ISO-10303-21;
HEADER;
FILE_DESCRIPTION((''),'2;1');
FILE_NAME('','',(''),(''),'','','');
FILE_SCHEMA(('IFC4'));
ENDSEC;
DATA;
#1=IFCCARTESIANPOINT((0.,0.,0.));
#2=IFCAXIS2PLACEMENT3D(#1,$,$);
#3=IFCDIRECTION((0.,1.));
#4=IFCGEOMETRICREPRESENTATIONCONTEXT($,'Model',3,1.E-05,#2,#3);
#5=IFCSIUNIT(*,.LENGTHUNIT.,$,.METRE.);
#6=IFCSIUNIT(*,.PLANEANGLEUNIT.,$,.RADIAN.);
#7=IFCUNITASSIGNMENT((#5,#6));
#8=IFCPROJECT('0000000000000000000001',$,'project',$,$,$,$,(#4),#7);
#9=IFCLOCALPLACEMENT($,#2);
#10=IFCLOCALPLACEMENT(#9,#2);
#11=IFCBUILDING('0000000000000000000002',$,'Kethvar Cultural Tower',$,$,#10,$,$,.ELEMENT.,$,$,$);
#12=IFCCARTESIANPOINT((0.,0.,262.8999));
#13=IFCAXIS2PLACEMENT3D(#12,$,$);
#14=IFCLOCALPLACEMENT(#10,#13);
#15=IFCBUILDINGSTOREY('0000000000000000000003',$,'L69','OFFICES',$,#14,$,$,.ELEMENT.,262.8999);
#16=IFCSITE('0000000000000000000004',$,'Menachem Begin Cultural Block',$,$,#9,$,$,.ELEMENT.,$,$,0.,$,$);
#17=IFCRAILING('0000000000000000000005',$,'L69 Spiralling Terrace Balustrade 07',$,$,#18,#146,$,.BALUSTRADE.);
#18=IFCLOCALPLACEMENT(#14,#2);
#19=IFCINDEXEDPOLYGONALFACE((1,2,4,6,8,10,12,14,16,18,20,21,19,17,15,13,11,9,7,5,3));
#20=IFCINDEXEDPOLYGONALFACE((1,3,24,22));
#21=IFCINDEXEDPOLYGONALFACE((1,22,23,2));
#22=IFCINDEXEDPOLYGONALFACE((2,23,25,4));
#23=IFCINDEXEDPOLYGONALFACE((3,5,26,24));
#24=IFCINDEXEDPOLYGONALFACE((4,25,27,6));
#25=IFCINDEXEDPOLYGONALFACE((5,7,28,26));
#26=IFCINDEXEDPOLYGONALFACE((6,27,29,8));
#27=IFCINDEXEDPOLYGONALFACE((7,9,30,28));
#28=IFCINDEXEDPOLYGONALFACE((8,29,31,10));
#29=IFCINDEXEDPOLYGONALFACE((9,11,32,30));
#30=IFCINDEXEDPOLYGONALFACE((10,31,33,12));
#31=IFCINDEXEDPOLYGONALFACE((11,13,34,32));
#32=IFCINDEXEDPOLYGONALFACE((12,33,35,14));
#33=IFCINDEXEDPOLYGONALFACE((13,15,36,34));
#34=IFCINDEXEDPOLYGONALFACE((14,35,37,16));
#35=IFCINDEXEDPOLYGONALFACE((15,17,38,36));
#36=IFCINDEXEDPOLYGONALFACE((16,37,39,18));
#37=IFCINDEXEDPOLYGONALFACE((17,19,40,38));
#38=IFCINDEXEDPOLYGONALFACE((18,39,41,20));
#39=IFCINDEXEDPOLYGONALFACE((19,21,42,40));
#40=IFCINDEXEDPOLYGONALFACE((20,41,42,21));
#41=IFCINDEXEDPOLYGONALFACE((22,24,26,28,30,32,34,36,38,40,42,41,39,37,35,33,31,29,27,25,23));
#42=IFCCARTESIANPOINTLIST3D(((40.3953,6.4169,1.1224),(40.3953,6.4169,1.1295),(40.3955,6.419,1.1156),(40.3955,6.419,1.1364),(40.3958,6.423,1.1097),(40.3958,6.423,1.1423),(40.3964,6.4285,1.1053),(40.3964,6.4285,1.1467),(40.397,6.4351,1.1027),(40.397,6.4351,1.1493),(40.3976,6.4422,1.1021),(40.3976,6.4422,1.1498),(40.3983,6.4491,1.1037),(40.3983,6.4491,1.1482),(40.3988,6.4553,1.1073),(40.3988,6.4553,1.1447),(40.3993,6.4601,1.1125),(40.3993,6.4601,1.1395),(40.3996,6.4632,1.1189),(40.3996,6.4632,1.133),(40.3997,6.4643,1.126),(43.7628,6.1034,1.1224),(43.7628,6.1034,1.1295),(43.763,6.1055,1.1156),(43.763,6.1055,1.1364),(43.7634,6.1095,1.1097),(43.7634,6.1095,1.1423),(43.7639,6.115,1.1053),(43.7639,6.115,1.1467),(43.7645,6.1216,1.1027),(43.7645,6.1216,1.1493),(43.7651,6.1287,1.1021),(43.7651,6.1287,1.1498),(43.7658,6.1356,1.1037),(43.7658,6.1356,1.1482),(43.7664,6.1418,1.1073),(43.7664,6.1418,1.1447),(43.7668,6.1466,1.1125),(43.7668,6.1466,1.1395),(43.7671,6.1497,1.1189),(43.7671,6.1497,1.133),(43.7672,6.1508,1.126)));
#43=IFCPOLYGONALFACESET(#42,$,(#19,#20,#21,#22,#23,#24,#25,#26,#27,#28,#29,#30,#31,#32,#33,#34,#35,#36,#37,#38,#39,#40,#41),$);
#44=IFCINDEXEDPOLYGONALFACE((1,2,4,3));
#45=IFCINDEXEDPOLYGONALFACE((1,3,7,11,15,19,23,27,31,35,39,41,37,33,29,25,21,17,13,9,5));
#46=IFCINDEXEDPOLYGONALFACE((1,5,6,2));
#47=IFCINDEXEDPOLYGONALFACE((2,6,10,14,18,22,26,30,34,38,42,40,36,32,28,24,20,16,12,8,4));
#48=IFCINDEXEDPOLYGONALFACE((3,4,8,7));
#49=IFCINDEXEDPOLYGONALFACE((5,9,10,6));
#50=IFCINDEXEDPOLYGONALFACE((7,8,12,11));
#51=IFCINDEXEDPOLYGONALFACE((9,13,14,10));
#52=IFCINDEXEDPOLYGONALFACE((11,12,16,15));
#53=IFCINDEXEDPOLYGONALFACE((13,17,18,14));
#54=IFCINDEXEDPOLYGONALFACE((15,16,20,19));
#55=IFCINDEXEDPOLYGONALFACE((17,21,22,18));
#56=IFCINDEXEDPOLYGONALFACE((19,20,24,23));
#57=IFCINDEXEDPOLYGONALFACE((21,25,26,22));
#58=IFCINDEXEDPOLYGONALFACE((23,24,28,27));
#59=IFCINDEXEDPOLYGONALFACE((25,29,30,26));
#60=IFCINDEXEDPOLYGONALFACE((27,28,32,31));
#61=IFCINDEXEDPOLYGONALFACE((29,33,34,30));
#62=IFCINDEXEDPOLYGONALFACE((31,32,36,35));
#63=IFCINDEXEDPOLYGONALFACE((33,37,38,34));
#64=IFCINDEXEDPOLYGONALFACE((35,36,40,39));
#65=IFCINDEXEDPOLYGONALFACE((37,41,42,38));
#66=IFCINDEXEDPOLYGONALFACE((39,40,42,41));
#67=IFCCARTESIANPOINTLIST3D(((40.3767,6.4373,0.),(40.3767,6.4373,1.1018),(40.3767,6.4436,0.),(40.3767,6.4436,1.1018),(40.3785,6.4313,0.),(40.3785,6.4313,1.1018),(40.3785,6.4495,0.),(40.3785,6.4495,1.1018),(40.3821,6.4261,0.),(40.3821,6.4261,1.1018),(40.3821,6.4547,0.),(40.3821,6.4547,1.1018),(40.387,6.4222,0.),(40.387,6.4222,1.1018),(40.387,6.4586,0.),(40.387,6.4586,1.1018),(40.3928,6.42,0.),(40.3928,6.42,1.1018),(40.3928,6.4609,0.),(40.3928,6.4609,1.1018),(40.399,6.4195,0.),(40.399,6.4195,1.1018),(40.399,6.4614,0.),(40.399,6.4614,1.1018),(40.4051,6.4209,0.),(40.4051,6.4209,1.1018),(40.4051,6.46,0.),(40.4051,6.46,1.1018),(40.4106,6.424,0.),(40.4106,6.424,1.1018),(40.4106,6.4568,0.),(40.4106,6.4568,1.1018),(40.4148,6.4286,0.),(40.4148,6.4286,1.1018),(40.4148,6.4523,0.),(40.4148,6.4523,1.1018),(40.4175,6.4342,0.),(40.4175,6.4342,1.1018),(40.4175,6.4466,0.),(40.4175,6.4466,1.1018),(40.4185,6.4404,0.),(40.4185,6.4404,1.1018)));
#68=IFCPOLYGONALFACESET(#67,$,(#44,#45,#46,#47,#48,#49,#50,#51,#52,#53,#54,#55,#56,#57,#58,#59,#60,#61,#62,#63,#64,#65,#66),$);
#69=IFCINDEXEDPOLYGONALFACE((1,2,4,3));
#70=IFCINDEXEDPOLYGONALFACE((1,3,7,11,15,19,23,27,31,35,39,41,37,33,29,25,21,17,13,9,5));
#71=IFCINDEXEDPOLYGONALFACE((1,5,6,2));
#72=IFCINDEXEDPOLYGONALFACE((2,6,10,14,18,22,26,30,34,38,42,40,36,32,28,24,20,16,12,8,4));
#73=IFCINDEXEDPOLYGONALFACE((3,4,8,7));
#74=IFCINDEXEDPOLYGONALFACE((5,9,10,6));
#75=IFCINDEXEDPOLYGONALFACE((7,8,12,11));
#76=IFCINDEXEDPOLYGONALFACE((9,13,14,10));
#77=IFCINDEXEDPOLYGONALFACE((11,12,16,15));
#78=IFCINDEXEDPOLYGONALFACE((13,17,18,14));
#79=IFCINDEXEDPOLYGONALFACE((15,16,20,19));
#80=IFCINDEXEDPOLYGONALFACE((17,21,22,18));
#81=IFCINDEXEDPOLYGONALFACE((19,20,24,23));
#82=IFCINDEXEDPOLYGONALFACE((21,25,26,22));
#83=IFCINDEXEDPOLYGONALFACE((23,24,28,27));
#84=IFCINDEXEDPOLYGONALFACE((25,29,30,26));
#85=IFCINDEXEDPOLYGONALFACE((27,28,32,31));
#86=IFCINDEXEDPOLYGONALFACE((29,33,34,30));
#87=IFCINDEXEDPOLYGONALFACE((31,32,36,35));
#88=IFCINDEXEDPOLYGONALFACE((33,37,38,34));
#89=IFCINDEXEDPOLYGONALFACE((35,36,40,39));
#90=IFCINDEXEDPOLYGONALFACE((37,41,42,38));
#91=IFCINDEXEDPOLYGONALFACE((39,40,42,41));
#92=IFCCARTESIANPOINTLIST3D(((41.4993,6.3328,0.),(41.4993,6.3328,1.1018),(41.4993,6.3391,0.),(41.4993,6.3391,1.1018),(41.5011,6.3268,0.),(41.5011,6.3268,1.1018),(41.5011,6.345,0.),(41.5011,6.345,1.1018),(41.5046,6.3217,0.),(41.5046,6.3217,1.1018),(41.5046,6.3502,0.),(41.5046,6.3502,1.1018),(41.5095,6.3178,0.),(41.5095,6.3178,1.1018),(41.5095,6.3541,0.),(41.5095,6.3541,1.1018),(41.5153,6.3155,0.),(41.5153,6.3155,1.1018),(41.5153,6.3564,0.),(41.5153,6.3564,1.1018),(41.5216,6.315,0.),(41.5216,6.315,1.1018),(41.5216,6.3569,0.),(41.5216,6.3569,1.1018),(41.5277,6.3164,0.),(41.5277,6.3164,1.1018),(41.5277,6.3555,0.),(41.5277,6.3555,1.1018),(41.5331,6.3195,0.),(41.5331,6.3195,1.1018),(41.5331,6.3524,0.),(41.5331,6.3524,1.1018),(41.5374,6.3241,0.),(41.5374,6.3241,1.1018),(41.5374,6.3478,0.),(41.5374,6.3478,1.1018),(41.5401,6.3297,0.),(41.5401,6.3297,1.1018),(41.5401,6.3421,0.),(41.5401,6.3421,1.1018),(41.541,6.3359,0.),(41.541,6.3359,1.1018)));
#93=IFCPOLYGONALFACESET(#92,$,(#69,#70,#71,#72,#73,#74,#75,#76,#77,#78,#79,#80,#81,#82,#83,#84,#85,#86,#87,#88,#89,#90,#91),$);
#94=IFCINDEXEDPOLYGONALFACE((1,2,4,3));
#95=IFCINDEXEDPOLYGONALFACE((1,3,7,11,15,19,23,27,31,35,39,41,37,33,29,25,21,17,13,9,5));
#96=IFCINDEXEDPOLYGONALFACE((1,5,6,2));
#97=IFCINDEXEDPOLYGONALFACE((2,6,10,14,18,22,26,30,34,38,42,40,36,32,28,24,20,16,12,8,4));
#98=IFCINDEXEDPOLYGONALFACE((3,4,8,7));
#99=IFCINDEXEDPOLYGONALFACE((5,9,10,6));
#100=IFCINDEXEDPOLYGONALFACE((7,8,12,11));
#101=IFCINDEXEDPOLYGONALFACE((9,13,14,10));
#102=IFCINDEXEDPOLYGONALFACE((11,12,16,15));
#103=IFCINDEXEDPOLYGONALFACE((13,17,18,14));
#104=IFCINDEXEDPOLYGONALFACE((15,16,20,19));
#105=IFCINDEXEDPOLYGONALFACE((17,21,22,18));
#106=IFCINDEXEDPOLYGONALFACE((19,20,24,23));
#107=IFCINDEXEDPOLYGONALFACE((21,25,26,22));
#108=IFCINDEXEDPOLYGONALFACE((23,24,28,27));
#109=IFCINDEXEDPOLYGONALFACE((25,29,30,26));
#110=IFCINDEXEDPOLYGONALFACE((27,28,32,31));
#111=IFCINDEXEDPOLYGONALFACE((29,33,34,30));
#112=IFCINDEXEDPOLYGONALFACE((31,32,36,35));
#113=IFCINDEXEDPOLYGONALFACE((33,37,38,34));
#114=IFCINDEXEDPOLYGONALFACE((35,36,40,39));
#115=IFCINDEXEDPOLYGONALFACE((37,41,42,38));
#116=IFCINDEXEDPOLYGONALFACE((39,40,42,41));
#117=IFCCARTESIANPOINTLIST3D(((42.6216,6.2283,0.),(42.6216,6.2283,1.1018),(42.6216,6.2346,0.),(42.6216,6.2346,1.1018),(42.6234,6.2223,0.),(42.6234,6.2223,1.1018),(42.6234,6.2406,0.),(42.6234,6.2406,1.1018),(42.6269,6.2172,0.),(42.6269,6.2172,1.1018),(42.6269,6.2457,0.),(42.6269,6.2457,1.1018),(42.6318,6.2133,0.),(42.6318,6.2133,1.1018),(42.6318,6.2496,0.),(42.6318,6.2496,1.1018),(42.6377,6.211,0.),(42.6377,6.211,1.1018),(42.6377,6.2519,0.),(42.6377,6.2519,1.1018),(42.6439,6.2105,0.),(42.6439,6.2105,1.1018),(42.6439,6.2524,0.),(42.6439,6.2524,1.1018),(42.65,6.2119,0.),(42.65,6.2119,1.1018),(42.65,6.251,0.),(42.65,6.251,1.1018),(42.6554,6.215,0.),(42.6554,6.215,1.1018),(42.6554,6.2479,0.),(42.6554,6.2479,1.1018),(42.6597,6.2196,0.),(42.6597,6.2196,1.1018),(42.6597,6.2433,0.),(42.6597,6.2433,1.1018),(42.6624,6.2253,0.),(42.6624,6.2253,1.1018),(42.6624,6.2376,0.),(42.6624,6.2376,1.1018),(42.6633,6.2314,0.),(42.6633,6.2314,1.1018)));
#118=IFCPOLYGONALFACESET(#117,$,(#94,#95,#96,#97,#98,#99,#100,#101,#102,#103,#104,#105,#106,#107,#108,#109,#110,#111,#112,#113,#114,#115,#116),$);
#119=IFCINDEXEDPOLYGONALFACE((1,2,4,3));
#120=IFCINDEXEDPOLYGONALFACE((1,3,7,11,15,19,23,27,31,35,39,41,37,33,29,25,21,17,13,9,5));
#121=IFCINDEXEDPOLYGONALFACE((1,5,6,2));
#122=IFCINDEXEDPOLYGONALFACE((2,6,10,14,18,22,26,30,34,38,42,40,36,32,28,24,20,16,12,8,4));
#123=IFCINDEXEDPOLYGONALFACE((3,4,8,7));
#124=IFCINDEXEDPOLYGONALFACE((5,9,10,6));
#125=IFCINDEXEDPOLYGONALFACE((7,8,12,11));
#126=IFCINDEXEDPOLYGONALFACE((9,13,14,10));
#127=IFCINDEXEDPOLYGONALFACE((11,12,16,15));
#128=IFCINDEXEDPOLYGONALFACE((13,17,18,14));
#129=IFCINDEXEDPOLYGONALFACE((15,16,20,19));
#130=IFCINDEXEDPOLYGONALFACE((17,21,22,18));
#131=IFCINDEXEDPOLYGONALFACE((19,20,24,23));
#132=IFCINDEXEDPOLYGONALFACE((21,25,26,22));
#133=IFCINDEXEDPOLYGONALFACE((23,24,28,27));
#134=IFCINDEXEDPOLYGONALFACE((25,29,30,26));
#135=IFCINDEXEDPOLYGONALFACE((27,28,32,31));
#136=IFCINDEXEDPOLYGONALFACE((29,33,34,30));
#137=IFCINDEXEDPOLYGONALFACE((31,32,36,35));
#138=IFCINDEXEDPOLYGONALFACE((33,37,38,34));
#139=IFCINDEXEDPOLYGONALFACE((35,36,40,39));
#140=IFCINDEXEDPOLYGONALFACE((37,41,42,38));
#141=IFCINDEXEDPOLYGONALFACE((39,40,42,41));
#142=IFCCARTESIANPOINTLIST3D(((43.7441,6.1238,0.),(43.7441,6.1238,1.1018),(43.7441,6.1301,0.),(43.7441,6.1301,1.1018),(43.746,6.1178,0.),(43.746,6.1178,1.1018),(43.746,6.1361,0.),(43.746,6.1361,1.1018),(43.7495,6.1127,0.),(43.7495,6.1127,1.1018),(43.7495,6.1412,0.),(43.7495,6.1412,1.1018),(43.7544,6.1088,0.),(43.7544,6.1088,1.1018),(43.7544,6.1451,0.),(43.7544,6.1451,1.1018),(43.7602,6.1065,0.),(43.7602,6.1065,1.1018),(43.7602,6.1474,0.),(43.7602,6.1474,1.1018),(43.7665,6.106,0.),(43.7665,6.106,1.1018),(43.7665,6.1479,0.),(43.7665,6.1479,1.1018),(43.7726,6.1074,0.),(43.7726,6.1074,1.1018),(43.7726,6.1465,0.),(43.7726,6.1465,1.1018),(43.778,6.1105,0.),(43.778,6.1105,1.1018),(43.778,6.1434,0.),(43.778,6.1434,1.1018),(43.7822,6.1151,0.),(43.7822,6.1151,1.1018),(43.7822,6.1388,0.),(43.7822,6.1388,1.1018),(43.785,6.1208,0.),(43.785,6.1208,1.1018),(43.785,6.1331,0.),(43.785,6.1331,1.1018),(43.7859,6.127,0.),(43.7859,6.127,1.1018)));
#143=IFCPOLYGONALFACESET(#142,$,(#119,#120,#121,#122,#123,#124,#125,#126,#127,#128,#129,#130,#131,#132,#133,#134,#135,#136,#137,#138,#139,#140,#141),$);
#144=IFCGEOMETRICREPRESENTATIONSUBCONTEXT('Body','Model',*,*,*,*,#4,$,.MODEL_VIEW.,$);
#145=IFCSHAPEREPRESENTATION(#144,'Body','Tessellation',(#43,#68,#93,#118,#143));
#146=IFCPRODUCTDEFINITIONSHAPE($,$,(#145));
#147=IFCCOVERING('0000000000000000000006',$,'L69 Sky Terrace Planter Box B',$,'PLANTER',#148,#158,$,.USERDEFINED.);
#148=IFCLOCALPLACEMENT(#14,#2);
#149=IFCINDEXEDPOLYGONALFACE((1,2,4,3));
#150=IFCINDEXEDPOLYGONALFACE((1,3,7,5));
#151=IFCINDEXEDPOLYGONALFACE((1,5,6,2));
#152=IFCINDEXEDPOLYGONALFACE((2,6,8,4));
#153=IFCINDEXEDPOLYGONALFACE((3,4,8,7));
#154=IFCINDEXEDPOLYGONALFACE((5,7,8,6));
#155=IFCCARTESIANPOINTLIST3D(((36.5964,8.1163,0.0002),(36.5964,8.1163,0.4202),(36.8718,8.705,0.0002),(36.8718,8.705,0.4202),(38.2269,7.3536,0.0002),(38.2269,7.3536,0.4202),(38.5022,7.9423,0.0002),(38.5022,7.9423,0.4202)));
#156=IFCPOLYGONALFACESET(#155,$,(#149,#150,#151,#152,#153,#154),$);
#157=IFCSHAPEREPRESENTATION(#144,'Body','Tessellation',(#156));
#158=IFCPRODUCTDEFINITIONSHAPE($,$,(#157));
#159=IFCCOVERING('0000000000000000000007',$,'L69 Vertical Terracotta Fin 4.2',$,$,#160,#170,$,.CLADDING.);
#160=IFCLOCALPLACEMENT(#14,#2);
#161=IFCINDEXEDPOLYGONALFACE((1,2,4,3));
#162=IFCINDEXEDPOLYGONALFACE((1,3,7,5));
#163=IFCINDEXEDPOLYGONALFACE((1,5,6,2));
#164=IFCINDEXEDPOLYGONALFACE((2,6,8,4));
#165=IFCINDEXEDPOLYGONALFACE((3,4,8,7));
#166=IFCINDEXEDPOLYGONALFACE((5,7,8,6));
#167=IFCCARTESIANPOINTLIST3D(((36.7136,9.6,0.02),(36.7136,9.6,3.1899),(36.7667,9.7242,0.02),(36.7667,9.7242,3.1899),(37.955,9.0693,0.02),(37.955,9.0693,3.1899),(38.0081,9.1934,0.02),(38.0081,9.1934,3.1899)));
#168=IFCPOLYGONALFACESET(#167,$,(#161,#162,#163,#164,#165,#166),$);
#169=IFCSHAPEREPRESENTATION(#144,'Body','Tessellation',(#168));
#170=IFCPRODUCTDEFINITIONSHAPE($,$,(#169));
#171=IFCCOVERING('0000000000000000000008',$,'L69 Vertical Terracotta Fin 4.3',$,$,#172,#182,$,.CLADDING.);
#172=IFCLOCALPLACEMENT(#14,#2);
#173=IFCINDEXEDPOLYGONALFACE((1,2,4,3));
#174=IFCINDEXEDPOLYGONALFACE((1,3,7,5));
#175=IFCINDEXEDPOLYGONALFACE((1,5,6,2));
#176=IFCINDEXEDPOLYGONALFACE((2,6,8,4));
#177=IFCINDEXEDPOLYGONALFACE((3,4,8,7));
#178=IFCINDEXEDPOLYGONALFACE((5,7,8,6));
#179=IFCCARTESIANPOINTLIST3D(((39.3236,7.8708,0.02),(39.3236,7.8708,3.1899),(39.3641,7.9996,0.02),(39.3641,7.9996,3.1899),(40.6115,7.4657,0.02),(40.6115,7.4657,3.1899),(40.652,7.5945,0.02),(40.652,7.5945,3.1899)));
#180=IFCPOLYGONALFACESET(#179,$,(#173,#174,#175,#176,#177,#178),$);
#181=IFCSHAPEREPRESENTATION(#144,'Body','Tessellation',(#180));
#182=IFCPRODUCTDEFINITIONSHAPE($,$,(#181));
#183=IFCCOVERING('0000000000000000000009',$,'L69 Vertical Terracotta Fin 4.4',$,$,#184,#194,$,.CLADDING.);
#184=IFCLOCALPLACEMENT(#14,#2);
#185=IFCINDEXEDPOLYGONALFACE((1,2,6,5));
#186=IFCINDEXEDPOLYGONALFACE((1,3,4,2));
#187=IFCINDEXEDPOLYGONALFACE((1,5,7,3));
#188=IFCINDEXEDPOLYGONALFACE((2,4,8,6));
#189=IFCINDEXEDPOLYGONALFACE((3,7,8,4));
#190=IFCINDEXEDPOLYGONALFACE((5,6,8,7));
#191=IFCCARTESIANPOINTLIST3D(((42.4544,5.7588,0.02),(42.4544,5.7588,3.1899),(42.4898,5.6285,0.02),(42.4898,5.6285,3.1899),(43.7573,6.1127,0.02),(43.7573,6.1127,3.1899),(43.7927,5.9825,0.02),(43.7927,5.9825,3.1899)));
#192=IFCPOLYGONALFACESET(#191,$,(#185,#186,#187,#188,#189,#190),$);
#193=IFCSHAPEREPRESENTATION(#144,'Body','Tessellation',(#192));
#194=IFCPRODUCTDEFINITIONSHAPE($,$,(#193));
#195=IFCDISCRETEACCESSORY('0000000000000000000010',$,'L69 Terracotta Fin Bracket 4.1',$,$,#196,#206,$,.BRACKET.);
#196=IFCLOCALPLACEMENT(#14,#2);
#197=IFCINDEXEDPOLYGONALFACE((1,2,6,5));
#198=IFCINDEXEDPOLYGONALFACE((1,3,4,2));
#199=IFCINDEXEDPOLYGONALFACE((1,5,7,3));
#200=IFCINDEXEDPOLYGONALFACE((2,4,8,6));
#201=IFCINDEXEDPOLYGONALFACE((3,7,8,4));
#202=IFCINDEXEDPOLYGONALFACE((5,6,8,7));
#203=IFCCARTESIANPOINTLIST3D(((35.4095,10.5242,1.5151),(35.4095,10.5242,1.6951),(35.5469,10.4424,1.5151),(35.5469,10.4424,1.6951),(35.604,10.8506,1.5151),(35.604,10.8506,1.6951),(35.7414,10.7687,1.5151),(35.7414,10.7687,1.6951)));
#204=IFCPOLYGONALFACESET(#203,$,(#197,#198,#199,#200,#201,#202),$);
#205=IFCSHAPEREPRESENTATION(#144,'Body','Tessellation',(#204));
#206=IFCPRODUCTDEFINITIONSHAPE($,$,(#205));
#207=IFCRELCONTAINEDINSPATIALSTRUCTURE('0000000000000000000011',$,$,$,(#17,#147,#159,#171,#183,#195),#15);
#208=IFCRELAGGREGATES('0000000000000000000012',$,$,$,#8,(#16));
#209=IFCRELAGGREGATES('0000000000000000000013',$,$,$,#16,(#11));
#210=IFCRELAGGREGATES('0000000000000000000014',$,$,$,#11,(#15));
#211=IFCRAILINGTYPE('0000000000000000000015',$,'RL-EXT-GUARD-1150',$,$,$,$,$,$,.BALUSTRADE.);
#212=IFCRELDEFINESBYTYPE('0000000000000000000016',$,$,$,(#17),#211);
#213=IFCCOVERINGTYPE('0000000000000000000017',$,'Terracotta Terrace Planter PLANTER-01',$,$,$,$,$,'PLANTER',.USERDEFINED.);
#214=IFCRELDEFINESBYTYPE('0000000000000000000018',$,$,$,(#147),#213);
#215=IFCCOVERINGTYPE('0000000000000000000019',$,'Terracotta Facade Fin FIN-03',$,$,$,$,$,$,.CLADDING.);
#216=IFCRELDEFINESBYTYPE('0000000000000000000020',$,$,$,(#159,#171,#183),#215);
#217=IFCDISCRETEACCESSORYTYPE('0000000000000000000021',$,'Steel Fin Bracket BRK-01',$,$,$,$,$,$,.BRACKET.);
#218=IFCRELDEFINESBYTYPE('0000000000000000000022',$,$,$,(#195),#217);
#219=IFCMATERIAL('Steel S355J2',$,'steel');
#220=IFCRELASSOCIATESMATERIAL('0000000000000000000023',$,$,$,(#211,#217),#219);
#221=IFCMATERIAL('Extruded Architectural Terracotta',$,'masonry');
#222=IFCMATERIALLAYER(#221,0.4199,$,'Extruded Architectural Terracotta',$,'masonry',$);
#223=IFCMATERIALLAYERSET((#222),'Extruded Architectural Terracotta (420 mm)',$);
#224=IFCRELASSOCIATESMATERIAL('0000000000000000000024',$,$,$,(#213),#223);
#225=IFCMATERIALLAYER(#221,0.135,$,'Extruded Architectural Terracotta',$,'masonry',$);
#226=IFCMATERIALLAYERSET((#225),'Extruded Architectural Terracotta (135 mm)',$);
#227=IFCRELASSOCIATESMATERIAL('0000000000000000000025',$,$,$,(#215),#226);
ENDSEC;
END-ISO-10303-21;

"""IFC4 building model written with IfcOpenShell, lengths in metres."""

from ifc_helpers import new_model, si_unit, direction, frame, origin, origin_2d, place, context, subcontext, project, spatial, rectangle, circle, extrude, source, transform, mapped, material, layer, layer_set, type_object, element, save


model = new_model("IFC4")

# Units and contexts
model_context = context("Model", 3, precision=1e-05, world=origin(), true_north=direction((0.0, 1.0)))
body_context = subcontext(model_context, "Body", "Model", "MODEL_VIEW")
ifc_project = project(units=[si_unit("LENGTHUNIT", "METRE"), si_unit("PLANEANGLEUNIT", "RADIAN")], contexts=[model_context])

# Site, building, storey
site_placement = place(None, origin())
site = spatial("IfcSite", under=ifc_project, at=site_placement, Name="Menachem Begin Cultural Block", CompositionType="ELEMENT", RefElevation=0.0)
building_placement = place(site_placement, origin())
building = spatial("IfcBuilding", under=site, at=building_placement, Name="Kethvar Cultural Tower", CompositionType="ELEMENT")
storey_placement = place(building_placement, frame((0.0, 0.0, 262.8999)))
storey = spatial("IfcBuildingStorey", under=building, at=storey_placement, Name="L69", Description="OFFICES", CompositionType="ELEMENT", Elevation=262.8999)

# Shared definitions
ifc_material_1 = material(Name="Steel S355J2", Category="steel")

# Railing
railing_type = type_object("IfcRailingType", Name="RL-EXT-GUARD-1150", PredefinedType="BALUSTRADE", material=ifc_material_1)
railing_1_placement = place(storey_placement, frame((40.3975, 6.4404, 0.0)))
element("IfcRailing", 1, at=railing_1_placement, inside=storey, type_object=railing_type, Name="L69 Spiralling Terrace Balustrade 07", PredefinedType="BALUSTRADE", context=body_context, shape_type="SweptSolid", body=[
    extrude(circle(Radius=0.0239, at=origin_2d()), frame((0.0, 0.0, 1.126), z_axis=(0.995695, -0.09269, 0.0), x_axis=(0.09269, 0.995695, 0.0)), (0.0, 0.0, 1.0), 3.3821),
    extrude(circle(Radius=0.021, at=origin_2d()), origin(), (0.0, 0.0, 1.0), 1.1018),
    extrude(circle(Radius=0.021, at=origin_2d()), frame((1.1226, -0.1045, 0.0)), (0.0, 0.0, 1.0), 1.1018),
    extrude(circle(Radius=0.021, at=origin_2d()), frame((2.2449, -0.209, 0.0)), (0.0, 0.0, 1.0), 1.1018),
    extrude(circle(Radius=0.021, at=origin_2d()), frame((3.3674, -0.3135, 0.0)), (0.0, 0.0, 1.0), 1.1018),
])

# Coverings
ifc_material_2 = material(Name="Extruded Architectural Terracotta", Category="masonry")
ifc_layer_1 = layer(ifc_material_2, 0.4199, Name="Extruded Architectural Terracotta", Category="masonry")
ifc_layer_set_1 = layer_set([ifc_layer_1], Name="Extruded Architectural Terracotta (420 mm)")
covering_type_1 = type_object("IfcCoveringType", Name="Terracotta Terrace Planter PLANTER-01", ElementType="PLANTER", PredefinedType="USERDEFINED", material=ifc_layer_set_1)
shared_shape_1 = source(origin(), body_context, "Body", "SweptSolid", [
    extrude(rectangle(XDim=1.8, YDim=0.6499, at=origin_2d()), origin(), (0.0, 0.0, 1.0), 0.4199),
])
covering_placement = place(storey_placement, frame((37.5493, 8.0293, 0.0002), z_axis=(0.0, 0.0, 1.0), x_axis=(0.905791, -0.423725, 0.0)))
element("IfcCovering", 2, at=covering_placement, inside=storey, type_object=covering_type_1, Name="L69 Sky Terrace Planter Box B", ObjectType="PLANTER", PredefinedType="USERDEFINED", context=body_context, shape_type="MappedRepresentation", body=[
    mapped(shared_shape_1, transform((0.0, 0.0, 0.0), scale=1.0)),
])
ifc_layer_2 = layer(ifc_material_2, 0.135, Name="Extruded Architectural Terracotta", Category="masonry")
ifc_layer_set_2 = layer_set([ifc_layer_2], Name="Extruded Architectural Terracotta (135 mm)")
covering_type_2 = type_object("IfcCoveringType", Name="Terracotta Facade Fin FIN-03", PredefinedType="CLADDING", material=ifc_layer_set_2)
shared_shape_2 = source(origin(), body_context, "Body", "SweptSolid", [
    extrude(rectangle(XDim=1.3501, YDim=0.135, at=origin_2d()), origin(), (0.0, 0.0, 1.0), 3.1699),
])
for number, where, z_axis, x_axis, name in (
    (3, (37.3608, 9.3967, 0.02), (0.0, 0.0, 1.0), (-0.919479, 0.39314, 0.0), "L69 Vertical Terracotta Fin 4.2"),
    (4, (39.9878, 7.7327, 0.02), (0.0, 0.0, 1.0), (-0.953927, 0.30004, 0.0), "L69 Vertical Terracotta Fin 4.3"),
    (5, (43.1235, 5.8706, 0.02), (0.0, 0.0, 1.0), (-0.965016, -0.262189, 0.0), "L69 Vertical Terracotta Fin 4.4"),
):
    element("IfcCovering", number, at=place(storey_placement, frame(where, z_axis=z_axis, x_axis=x_axis)), inside=storey, type_object=covering_type_2, Name=name, PredefinedType="CLADDING", context=body_context, shape_type="MappedRepresentation", body=[
        mapped(shared_shape_2, transform((0.0, 0.0, 0.0), scale=1.0)),
    ])

# Discrete accessory
discrete_accessory_type = type_object("IfcDiscreteAccessoryType", Name="Steel Fin Bracket BRK-01", PredefinedType="BRACKET", material=ifc_material_1)
shared_shape_3 = source(origin(), body_context, "Body", "SweptSolid", [
    extrude(rectangle(XDim=0.3799, YDim=0.1599, at=origin_2d()), origin(), (0.0, 0.0, 1.0), 0.1799),
])
for number, where, z_axis, x_axis, name in (
    (6, (35.5754, 10.6465, 1.5151), (0.0, 0.0, 1.0), (-0.511893, -0.859049, 0.0), "L69 Terracotta Fin Bracket 4.1"),
):
    element("IfcDiscreteAccessory", number, at=place(storey_placement, frame(where, z_axis=z_axis, x_axis=x_axis)), inside=storey, type_object=discrete_accessory_type, Name=name, PredefinedType="BRACKET", context=body_context, shape_type="MappedRepresentation", body=[
        mapped(shared_shape_3, transform((0.0, 0.0, 0.0), scale=1.0)),
    ])

save(model, "model.ifc")
